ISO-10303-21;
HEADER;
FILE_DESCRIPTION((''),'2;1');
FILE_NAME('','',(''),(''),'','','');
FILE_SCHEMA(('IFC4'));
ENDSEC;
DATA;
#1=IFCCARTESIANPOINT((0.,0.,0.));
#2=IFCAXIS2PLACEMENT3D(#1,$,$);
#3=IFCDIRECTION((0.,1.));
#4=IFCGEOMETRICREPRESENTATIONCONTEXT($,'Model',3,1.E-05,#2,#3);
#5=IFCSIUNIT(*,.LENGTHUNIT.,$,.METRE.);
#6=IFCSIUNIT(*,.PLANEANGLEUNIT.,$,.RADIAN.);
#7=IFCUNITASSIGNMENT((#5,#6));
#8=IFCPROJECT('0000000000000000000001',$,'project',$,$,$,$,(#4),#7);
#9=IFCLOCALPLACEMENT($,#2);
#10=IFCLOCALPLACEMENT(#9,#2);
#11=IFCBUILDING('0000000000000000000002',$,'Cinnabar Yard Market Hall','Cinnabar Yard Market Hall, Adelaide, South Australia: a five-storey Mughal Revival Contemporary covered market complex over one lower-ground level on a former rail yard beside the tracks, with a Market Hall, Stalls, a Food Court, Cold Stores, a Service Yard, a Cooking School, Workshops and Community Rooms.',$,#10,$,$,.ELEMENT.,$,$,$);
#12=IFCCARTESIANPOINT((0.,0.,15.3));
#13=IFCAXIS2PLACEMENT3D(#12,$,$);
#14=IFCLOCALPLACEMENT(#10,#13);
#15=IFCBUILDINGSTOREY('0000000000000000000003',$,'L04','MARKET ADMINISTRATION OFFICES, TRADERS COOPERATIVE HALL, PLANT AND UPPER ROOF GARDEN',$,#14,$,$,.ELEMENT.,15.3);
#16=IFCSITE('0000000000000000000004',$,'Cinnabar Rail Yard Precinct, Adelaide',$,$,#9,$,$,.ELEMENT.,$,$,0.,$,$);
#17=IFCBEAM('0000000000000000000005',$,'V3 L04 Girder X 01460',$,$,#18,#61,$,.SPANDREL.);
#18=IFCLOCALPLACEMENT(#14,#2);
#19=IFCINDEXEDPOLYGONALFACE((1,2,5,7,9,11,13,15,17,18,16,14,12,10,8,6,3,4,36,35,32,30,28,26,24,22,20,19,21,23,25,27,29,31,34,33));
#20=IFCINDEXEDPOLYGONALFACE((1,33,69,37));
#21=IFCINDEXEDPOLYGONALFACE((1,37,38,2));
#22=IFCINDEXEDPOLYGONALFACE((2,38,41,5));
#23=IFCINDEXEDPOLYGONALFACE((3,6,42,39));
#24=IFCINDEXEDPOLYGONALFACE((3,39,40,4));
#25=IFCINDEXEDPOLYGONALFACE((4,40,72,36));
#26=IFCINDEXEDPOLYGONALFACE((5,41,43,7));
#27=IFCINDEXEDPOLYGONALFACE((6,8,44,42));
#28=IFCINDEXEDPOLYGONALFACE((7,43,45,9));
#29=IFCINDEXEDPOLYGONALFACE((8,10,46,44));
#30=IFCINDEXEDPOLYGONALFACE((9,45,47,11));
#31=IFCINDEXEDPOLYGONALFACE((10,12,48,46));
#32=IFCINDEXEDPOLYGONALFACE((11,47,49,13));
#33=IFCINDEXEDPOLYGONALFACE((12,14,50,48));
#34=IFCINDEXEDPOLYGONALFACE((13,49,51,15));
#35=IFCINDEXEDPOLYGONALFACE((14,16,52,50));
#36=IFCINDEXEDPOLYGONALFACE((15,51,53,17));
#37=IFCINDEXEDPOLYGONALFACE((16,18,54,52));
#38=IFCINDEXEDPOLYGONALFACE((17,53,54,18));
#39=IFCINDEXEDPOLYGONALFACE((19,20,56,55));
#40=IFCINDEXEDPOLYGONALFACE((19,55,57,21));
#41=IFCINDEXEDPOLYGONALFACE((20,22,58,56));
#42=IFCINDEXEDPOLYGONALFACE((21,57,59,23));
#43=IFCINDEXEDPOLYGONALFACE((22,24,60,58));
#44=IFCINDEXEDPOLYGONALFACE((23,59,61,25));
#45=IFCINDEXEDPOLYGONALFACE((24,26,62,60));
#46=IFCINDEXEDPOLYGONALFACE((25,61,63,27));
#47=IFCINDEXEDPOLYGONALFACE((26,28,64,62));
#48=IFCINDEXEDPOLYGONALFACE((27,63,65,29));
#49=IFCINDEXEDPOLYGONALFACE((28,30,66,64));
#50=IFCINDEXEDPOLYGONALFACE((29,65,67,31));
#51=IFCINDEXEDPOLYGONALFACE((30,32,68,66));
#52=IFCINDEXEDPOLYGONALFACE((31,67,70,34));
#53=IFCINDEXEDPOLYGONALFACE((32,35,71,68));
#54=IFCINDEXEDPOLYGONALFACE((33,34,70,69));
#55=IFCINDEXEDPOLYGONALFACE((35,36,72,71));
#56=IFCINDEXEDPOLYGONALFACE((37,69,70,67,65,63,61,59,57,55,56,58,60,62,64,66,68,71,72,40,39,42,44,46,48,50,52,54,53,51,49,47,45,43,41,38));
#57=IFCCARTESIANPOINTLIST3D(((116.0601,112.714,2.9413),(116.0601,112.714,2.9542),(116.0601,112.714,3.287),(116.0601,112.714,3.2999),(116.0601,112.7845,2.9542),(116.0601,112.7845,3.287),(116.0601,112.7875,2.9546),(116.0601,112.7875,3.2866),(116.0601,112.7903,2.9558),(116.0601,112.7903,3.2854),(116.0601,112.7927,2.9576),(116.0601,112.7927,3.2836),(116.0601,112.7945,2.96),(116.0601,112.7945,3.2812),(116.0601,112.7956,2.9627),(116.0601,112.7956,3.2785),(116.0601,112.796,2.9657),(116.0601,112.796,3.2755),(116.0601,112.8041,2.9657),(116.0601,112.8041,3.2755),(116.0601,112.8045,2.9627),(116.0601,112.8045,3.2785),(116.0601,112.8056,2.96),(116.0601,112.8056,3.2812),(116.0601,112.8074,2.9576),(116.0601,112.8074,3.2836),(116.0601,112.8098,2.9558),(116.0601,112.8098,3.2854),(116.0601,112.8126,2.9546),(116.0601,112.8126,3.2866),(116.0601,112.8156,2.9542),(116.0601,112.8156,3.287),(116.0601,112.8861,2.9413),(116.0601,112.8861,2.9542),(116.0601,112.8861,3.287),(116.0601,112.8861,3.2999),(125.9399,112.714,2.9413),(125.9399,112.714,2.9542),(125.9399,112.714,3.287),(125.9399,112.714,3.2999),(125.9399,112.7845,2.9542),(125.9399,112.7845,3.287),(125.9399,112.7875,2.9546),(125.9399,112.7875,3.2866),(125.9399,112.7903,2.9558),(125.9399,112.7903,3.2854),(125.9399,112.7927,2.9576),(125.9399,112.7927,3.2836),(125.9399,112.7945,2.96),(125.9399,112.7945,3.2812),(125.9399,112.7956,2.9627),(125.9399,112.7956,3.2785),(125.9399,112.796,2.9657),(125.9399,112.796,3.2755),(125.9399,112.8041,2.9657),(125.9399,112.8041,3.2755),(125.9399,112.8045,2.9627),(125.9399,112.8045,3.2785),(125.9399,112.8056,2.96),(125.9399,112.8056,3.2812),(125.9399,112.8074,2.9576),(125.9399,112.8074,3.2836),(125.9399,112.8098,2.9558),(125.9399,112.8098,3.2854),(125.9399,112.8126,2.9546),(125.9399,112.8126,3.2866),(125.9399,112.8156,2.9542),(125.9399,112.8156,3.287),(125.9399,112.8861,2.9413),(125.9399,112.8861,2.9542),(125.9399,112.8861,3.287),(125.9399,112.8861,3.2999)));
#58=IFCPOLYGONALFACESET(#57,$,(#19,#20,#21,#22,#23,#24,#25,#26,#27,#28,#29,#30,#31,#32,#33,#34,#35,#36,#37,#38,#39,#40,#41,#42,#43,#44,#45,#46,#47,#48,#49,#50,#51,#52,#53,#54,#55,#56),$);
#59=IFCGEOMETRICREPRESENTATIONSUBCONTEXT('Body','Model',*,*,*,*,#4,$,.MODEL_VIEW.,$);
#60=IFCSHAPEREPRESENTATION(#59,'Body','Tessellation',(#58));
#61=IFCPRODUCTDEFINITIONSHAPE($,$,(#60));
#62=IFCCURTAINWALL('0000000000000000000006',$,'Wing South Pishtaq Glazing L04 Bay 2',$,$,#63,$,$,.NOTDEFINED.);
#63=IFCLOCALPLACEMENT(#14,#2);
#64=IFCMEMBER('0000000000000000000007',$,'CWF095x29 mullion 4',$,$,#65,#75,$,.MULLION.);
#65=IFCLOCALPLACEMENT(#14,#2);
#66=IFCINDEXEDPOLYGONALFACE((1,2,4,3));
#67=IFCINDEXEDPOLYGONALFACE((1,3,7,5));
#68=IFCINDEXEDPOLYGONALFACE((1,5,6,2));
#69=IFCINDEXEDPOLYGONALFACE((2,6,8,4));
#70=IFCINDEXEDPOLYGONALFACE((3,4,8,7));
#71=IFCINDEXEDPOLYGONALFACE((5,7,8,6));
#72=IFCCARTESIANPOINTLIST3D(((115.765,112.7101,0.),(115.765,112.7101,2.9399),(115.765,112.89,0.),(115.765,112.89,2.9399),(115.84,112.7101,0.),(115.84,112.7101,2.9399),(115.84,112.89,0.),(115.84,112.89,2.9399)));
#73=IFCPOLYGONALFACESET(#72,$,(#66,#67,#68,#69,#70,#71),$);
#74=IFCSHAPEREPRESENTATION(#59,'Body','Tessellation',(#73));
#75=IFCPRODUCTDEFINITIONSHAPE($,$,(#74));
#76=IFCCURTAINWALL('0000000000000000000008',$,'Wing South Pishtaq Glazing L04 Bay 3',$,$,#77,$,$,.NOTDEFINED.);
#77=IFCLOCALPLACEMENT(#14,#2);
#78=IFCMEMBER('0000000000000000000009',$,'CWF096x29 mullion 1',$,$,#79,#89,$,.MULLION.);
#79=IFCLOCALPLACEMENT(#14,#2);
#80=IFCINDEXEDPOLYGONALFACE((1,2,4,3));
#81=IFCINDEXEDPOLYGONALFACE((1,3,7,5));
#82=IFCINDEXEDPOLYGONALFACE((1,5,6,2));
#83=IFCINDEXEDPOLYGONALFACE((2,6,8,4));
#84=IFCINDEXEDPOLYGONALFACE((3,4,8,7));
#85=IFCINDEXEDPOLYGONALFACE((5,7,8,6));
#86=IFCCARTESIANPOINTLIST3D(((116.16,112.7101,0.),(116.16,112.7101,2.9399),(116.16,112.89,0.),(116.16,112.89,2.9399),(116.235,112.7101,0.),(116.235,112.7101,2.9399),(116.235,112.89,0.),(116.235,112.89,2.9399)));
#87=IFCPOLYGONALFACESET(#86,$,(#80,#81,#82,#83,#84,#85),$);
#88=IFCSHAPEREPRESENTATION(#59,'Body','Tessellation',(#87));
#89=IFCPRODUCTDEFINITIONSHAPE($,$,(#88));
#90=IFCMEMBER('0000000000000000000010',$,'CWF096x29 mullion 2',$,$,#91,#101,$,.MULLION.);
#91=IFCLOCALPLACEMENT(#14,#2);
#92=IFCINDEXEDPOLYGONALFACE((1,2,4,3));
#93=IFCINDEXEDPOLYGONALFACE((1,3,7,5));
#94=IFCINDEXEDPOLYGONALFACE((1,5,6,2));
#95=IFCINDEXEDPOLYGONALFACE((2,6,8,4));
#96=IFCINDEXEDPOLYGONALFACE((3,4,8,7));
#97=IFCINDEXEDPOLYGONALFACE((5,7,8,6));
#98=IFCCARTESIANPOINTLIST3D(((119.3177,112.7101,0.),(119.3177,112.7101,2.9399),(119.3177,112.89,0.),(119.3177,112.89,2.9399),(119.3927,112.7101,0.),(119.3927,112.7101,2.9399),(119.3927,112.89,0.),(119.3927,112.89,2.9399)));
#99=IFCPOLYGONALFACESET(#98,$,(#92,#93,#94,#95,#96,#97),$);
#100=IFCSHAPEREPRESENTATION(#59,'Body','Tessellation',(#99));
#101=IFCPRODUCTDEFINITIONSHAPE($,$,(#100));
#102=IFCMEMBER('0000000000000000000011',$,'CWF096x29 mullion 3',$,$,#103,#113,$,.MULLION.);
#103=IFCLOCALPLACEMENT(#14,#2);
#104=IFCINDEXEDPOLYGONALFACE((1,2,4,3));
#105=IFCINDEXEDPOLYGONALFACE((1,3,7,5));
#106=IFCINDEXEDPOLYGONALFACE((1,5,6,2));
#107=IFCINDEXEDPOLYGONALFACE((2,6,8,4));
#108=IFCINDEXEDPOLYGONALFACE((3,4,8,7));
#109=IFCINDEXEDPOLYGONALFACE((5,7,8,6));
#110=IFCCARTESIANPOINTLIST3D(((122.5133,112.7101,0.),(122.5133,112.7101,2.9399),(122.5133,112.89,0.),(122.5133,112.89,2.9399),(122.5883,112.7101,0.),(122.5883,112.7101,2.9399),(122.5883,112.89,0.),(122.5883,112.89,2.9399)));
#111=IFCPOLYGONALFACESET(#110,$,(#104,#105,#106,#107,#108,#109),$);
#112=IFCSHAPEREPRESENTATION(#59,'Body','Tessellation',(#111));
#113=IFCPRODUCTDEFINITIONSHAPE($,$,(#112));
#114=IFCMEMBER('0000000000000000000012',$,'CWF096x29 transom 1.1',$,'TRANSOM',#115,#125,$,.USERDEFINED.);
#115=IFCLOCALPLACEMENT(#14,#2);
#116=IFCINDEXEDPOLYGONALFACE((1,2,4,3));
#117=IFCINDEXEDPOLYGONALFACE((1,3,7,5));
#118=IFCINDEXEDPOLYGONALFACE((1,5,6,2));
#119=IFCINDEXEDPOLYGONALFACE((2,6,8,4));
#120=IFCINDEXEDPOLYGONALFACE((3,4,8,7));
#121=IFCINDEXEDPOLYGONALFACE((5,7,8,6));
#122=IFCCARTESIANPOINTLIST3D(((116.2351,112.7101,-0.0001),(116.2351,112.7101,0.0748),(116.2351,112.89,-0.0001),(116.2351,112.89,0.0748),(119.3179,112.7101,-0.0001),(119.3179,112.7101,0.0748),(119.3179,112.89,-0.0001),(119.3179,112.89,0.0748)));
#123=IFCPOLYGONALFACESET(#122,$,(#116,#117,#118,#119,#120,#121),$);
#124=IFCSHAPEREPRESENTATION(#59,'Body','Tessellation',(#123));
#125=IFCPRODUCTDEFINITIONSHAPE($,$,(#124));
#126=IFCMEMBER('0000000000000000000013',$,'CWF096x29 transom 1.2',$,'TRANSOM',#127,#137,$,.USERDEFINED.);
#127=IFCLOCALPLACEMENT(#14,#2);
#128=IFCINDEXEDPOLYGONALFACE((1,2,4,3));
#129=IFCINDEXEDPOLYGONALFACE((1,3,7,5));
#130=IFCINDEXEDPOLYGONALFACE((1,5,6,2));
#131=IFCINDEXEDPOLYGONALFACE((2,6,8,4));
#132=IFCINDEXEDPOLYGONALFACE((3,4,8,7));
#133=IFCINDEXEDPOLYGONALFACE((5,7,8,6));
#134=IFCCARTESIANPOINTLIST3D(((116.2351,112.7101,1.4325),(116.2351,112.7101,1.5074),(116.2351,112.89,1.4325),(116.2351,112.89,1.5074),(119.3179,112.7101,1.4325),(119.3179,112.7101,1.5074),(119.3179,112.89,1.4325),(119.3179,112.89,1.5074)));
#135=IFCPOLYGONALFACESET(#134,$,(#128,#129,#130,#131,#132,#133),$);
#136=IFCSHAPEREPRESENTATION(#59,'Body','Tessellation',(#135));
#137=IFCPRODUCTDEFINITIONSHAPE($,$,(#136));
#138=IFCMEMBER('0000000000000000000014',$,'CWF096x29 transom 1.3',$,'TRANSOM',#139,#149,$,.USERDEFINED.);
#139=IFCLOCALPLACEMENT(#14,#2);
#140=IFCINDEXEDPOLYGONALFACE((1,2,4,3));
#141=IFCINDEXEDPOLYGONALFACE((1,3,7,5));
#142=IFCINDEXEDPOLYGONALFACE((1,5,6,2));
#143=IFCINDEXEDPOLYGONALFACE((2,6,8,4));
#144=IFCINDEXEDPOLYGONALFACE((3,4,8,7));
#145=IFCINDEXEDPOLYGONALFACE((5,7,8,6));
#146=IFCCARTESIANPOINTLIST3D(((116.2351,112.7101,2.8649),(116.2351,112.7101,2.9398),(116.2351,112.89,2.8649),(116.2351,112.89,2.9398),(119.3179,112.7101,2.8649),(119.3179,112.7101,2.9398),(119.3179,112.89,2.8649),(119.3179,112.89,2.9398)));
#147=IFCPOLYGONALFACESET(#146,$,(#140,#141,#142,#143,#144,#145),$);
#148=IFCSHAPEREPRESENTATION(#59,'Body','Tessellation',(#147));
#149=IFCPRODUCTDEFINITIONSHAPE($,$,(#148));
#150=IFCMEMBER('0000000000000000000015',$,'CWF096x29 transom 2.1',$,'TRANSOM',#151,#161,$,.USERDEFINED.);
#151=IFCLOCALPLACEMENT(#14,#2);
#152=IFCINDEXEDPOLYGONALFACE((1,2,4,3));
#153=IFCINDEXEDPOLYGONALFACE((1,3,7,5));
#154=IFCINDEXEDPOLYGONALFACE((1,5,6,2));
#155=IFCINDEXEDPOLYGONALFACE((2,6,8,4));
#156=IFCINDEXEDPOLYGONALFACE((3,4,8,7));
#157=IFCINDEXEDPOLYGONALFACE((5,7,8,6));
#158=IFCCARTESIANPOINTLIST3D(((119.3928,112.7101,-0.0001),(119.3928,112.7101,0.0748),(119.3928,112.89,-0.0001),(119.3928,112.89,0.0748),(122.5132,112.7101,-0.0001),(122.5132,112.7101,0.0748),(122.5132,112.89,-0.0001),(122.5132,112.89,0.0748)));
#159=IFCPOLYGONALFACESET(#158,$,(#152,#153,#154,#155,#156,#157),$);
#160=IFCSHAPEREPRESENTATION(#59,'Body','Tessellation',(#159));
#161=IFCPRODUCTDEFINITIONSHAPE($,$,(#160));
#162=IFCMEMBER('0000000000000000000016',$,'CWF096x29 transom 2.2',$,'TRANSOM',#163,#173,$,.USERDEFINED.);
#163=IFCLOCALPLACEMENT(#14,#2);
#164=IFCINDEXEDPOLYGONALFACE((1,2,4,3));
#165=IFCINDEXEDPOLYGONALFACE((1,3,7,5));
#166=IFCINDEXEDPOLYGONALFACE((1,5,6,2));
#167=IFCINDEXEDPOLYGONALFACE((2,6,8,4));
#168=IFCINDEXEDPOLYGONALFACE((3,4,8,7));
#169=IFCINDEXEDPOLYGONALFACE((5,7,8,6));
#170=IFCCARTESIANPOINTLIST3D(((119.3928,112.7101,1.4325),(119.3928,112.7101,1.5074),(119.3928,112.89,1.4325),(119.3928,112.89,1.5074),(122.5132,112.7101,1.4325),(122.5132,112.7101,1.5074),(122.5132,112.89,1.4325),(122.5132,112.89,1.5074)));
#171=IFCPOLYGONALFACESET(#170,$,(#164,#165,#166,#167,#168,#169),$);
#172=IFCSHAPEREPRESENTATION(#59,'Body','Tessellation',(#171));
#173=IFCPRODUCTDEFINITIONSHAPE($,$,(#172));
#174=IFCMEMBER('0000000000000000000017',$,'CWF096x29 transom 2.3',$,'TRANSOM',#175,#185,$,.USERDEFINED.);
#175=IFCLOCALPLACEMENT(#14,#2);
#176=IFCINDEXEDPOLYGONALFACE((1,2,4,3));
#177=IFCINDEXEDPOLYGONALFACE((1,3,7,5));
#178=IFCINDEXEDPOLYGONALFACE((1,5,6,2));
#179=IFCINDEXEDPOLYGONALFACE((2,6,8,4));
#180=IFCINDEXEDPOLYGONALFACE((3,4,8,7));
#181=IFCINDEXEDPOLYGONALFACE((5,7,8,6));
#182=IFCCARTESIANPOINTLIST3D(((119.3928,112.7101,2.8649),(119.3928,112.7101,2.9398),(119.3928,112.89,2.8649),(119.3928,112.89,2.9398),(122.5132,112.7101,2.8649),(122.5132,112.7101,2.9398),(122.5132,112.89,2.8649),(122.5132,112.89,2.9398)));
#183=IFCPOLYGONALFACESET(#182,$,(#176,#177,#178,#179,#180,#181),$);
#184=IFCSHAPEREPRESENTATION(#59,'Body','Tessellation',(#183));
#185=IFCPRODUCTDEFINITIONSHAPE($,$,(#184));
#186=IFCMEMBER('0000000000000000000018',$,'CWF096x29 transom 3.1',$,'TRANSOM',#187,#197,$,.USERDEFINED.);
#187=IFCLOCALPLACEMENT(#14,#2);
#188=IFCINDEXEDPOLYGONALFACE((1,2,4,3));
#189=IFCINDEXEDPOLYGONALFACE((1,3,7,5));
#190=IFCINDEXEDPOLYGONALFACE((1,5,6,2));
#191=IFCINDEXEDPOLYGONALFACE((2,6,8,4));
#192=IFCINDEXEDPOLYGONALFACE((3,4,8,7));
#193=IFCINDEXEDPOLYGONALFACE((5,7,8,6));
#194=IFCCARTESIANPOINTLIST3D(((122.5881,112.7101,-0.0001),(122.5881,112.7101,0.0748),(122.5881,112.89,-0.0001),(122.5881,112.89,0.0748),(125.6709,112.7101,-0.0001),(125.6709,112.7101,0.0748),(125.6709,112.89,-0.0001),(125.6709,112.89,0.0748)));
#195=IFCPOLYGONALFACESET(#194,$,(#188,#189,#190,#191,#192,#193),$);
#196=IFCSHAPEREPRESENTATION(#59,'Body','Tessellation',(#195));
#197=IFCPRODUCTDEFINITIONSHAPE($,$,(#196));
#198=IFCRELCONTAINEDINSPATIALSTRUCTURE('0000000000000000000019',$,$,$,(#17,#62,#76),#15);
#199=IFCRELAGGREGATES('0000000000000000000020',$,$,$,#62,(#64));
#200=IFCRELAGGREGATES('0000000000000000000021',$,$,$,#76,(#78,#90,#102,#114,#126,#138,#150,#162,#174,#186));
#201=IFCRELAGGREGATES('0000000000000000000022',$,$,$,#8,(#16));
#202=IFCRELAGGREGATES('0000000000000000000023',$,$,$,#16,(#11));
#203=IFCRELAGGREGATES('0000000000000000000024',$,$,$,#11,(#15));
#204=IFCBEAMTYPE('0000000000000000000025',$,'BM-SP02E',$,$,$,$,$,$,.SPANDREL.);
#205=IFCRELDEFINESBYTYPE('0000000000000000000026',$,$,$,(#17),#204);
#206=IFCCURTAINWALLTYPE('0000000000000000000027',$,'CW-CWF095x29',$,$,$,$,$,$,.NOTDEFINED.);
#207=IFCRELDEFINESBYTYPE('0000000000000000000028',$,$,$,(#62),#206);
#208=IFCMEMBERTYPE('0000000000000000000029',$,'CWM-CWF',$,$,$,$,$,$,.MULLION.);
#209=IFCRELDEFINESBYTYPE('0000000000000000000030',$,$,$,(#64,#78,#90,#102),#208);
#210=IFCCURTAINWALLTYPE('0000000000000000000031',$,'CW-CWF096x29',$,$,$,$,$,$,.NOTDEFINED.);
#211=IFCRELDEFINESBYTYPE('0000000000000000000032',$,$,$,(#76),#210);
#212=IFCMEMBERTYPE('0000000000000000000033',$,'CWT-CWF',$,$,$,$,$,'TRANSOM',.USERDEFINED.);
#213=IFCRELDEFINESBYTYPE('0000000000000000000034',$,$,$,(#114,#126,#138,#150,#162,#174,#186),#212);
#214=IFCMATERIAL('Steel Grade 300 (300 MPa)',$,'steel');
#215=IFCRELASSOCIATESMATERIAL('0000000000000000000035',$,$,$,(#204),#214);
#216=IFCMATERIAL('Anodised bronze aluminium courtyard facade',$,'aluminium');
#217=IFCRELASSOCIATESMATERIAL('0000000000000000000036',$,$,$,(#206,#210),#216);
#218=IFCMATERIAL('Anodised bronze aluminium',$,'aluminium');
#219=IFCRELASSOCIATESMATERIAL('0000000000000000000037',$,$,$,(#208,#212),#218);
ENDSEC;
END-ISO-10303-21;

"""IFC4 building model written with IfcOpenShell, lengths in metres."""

from ifc_helpers import new_model, si_unit, direction, frame, origin, origin_2d_with_axis, place, context, subcontext, project, spatial, rectangle, i_section, extrude, material, material_profile, profile_set, type_object, element, aggregate, save


model = new_model("IFC4")

# Units and contexts
model_context = context("Model", 3, precision=1e-05, world=origin(), true_north=direction((0.0, 1.0)))
body_context = subcontext(model_context, "Body", "Model", "MODEL_VIEW")
ifc_project = project(units=[si_unit("LENGTHUNIT", "METRE"), si_unit("PLANEANGLEUNIT", "RADIAN")], contexts=[model_context])

# Site, building, storey
site_placement = place(None, origin())
site = spatial("IfcSite", under=ifc_project, at=site_placement, Name="Cinnabar Rail Yard Precinct, Adelaide", CompositionType="ELEMENT", RefElevation=0.0)
building_placement = place(site_placement, origin())
building = spatial("IfcBuilding", under=site, at=building_placement, Name="Cinnabar Yard Market Hall", Description="Cinnabar Yard Market Hall, Adelaide, South Australia: a five-storey Mughal Revival Contemporary covered market complex over one lower-ground level on a former rail yard beside the tracks, with a Market Hall, Stalls, a Food Court, Cold Stores, a Service Yard, a Cooking School, Workshops and Community Rooms.", CompositionType="ELEMENT")
storey_placement = place(building_placement, frame((0.0, 0.0, 15.3)))
storey = spatial("IfcBuildingStorey", under=building, at=storey_placement, Name="L04", Description="MARKET ADMINISTRATION OFFICES, TRADERS COOPERATIVE HALL, PLANT AND UPPER ROOF GARDEN", CompositionType="ELEMENT", Elevation=15.3)

# Shared definitions
ifc_material_1 = material(Name="Steel Grade 300 (300 MPa)", Category="steel")

# Beam
ifc_material_profile_1 = material_profile(ifc_material_1, i_section(OverallWidth=0.1721, OverallDepth=0.3586, WebThickness=0.0081, FlangeThickness=0.0129, FilletRadius=0.0115, at=origin_2d_with_axis()), Name="360UB56.7")
ifc_profile_set_1 = profile_set([ifc_material_profile_1], Name="Steel Grade 300 (300 MPa)")
beam_type_1 = type_object("IfcBeamType", Name="BM-SP02E", PredefinedType="SPANDREL", material=ifc_profile_set_1)
beam_1_placement = place(storey_placement, frame((116.0601, 112.8, 3.1206), z_axis=(1.0, 0.0, 0.0), x_axis=(0.0, 1.0, 0.0)))
element("IfcBeam", 1, at=beam_1_placement, inside=storey, type_object=beam_type_1, Name="V3 L04 Girder X 01460", PredefinedType="SPANDREL", context=body_context, shape_type="SweptSolid", body=[
    extrude(i_section(OverallWidth=0.1721, OverallDepth=0.3586, WebThickness=0.0081, FlangeThickness=0.0129, FilletRadius=0.0115, at=origin_2d_with_axis()), origin(), (0.0, 0.0, 1.0), 9.8799),
])

# Curtain wall, member
ifc_material_2 = material(Name="Anodised bronze aluminium courtyard facade", Category="aluminium")
curtain_wall_type_1 = type_object("IfcCurtainWallType", Name="CW-CWF095x29", PredefinedType="NOTDEFINED", material=ifc_material_2)
curtain_wall_1_placement = place(storey_placement, origin())
curtain_wall_1 = element("IfcCurtainWall", 2, at=curtain_wall_1_placement, inside=storey, type_object=curtain_wall_type_1, Name="Wing South Pishtaq Glazing L04 Bay 2", PredefinedType="NOTDEFINED")
ifc_material_3 = material(Name="Anodised bronze aluminium", Category="aluminium")
ifc_material_profile_2 = material_profile(ifc_material_3, rectangle(XDim=0.1799, YDim=0.075, at=origin_2d_with_axis()), Name="MUL-CWF")
ifc_profile_set_2 = profile_set([ifc_material_profile_2], Name="Anodised bronze aluminium")
member_type_1 = type_object("IfcMemberType", Name="CWM-CWF", PredefinedType="MULLION", material=ifc_profile_set_2)
member_1_placement = place(storey_placement, frame((115.8025, 112.8, 0.0), z_axis=(0.0, 0.0, 1.0), x_axis=(0.0, 1.0, 0.0)))
member_1 = element("IfcMember", 3, at=member_1_placement, type_object=member_type_1, Name="CWF095x29 mullion 4", PredefinedType="MULLION", context=body_context, shape_type="SweptSolid", body=[
    extrude(rectangle(XDim=0.1799, YDim=0.075, at=origin_2d_with_axis()), origin(), (0.0, 0.0, 1.0), 2.9399),
])
aggregate(curtain_wall_1, [member_1])

# Curtain wall, members
curtain_wall_type_2 = type_object("IfcCurtainWallType", Name="CW-CWF096x29", PredefinedType="NOTDEFINED", material=ifc_material_2)
curtain_wall_2_placement = place(storey_placement, origin())
curtain_wall_2 = element("IfcCurtainWall", 4, at=curtain_wall_2_placement, inside=storey, type_object=curtain_wall_type_2, Name="Wing South Pishtaq Glazing L04 Bay 3", PredefinedType="NOTDEFINED")
member_2_placement = place(storey_placement, frame((116.1975, 112.8, 0.0), z_axis=(0.0, 0.0, 1.0), x_axis=(0.0, 1.0, 0.0)))
member_2 = element("IfcMember", 5, at=member_2_placement, type_object=member_type_1, Name="CWF096x29 mullion 1", PredefinedType="MULLION", context=body_context, shape_type="SweptSolid", body=[
    extrude(rectangle(XDim=0.1799, YDim=0.075, at=origin_2d_with_axis()), origin(), (0.0, 0.0, 1.0), 2.9399),
])
member_3_placement = place(storey_placement, frame((119.3552, 112.8, 0.0), z_axis=(0.0, 0.0, 1.0), x_axis=(0.0, 1.0, 0.0)))
member_3 = element("IfcMember", 6, at=member_3_placement, type_object=member_type_1, Name="CWF096x29 mullion 2", PredefinedType="MULLION", context=body_context, shape_type="SweptSolid", body=[
    extrude(rectangle(XDim=0.1799, YDim=0.075, at=origin_2d_with_axis()), origin(), (0.0, 0.0, 1.0), 2.9399),
])
member_4_placement = place(storey_placement, frame((122.5508, 112.8, 0.0), z_axis=(0.0, 0.0, 1.0), x_axis=(0.0, 1.0, 0.0)))
member_4 = element("IfcMember", 7, at=member_4_placement, type_object=member_type_1, Name="CWF096x29 mullion 3", PredefinedType="MULLION", context=body_context, shape_type="SweptSolid", body=[
    extrude(rectangle(XDim=0.1799, YDim=0.075, at=origin_2d_with_axis()), origin(), (0.0, 0.0, 1.0), 2.9399),
])
ifc_material_profile_3 = material_profile(ifc_material_3, rectangle(XDim=0.1799, YDim=0.075, at=origin_2d_with_axis()), Name="TRN-CWF")
ifc_profile_set_3 = profile_set([ifc_material_profile_3], Name="Anodised bronze aluminium")
member_type_2 = type_object("IfcMemberType", Name="CWT-CWF", ElementType="TRANSOM", PredefinedType="USERDEFINED", material=ifc_profile_set_3)
member_5_placement = place(storey_placement, frame((116.2351, 112.8, 0.0374), z_axis=(1.0, 0.0, 0.0), x_axis=(0.0, 1.0, 0.0)))
member_5 = element("IfcMember", 8, at=member_5_placement, type_object=member_type_2, Name="CWF096x29 transom 1.1", ObjectType="TRANSOM", PredefinedType="USERDEFINED", context=body_context, shape_type="SweptSolid", body=[
    extrude(rectangle(XDim=0.1799, YDim=0.075, at=origin_2d_with_axis()), origin(), (0.0, 0.0, 1.0), 3.0828),
])
member_6_placement = place(storey_placement, frame((116.2351, 112.8, 1.47), z_axis=(1.0, 0.0, 0.0), x_axis=(0.0, 1.0, 0.0)))
member_6 = element("IfcMember", 9, at=member_6_placement, type_object=member_type_2, Name="CWF096x29 transom 1.2", ObjectType="TRANSOM", PredefinedType="USERDEFINED", context=body_context, shape_type="SweptSolid", body=[
    extrude(rectangle(XDim=0.1799, YDim=0.075, at=origin_2d_with_axis()), origin(), (0.0, 0.0, 1.0), 3.0828),
])
member_7_placement = place(storey_placement, frame((116.2351, 112.8, 2.9023), z_axis=(1.0, 0.0, 0.0), x_axis=(0.0, 1.0, 0.0)))
member_7 = element("IfcMember", 10, at=member_7_placement, type_object=member_type_2, Name="CWF096x29 transom 1.3", ObjectType="TRANSOM", PredefinedType="USERDEFINED", context=body_context, shape_type="SweptSolid", body=[
    extrude(rectangle(XDim=0.1799, YDim=0.075, at=origin_2d_with_axis()), origin(), (0.0, 0.0, 1.0), 3.0828),
])
member_8_placement = place(storey_placement, frame((119.3928, 112.8, 0.0374), z_axis=(1.0, 0.0, 0.0), x_axis=(0.0, 1.0, 0.0)))
member_8 = element("IfcMember", 11, at=member_8_placement, type_object=member_type_2, Name="CWF096x29 transom 2.1", ObjectType="TRANSOM", PredefinedType="USERDEFINED", context=body_context, shape_type="SweptSolid", body=[
    extrude(rectangle(XDim=0.1799, YDim=0.075, at=origin_2d_with_axis()), origin(), (0.0, 0.0, 1.0), 3.1204),
])
member_9_placement = place(storey_placement, frame((119.3928, 112.8, 1.47), z_axis=(1.0, 0.0, 0.0), x_axis=(0.0, 1.0, 0.0)))
member_9 = element("IfcMember", 12, at=member_9_placement, type_object=member_type_2, Name="CWF096x29 transom 2.2", ObjectType="TRANSOM", PredefinedType="USERDEFINED", context=body_context, shape_type="SweptSolid", body=[
    extrude(rectangle(XDim=0.1799, YDim=0.075, at=origin_2d_with_axis()), origin(), (0.0, 0.0, 1.0), 3.1204),
])
member_10_placement = place(storey_placement, frame((119.3928, 112.8, 2.9023), z_axis=(1.0, 0.0, 0.0), x_axis=(0.0, 1.0, 0.0)))
member_10 = element("IfcMember", 13, at=member_10_placement, type_object=member_type_2, Name="CWF096x29 transom 2.3", ObjectType="TRANSOM", PredefinedType="USERDEFINED", context=body_context, shape_type="SweptSolid", body=[
    extrude(rectangle(XDim=0.1799, YDim=0.075, at=origin_2d_with_axis()), origin(), (0.0, 0.0, 1.0), 3.1204),
])
member_11_placement = place(storey_placement, frame((122.5881, 112.8, 0.0374), z_axis=(1.0, 0.0, 0.0), x_axis=(0.0, 1.0, 0.0)))
member_11 = element("IfcMember", 14, at=member_11_placement, type_object=member_type_2, Name="CWF096x29 transom 3.1", ObjectType="TRANSOM", PredefinedType="USERDEFINED", context=body_context, shape_type="SweptSolid", body=[
    extrude(rectangle(XDim=0.1799, YDim=0.075, at=origin_2d_with_axis()), origin(), (0.0, 0.0, 1.0), 3.0828),
])
aggregate(curtain_wall_2, [member_2, member_3, member_4, member_5, member_6, member_7, member_8, member_9, member_10, member_11])

save(model, "model.ifc")
